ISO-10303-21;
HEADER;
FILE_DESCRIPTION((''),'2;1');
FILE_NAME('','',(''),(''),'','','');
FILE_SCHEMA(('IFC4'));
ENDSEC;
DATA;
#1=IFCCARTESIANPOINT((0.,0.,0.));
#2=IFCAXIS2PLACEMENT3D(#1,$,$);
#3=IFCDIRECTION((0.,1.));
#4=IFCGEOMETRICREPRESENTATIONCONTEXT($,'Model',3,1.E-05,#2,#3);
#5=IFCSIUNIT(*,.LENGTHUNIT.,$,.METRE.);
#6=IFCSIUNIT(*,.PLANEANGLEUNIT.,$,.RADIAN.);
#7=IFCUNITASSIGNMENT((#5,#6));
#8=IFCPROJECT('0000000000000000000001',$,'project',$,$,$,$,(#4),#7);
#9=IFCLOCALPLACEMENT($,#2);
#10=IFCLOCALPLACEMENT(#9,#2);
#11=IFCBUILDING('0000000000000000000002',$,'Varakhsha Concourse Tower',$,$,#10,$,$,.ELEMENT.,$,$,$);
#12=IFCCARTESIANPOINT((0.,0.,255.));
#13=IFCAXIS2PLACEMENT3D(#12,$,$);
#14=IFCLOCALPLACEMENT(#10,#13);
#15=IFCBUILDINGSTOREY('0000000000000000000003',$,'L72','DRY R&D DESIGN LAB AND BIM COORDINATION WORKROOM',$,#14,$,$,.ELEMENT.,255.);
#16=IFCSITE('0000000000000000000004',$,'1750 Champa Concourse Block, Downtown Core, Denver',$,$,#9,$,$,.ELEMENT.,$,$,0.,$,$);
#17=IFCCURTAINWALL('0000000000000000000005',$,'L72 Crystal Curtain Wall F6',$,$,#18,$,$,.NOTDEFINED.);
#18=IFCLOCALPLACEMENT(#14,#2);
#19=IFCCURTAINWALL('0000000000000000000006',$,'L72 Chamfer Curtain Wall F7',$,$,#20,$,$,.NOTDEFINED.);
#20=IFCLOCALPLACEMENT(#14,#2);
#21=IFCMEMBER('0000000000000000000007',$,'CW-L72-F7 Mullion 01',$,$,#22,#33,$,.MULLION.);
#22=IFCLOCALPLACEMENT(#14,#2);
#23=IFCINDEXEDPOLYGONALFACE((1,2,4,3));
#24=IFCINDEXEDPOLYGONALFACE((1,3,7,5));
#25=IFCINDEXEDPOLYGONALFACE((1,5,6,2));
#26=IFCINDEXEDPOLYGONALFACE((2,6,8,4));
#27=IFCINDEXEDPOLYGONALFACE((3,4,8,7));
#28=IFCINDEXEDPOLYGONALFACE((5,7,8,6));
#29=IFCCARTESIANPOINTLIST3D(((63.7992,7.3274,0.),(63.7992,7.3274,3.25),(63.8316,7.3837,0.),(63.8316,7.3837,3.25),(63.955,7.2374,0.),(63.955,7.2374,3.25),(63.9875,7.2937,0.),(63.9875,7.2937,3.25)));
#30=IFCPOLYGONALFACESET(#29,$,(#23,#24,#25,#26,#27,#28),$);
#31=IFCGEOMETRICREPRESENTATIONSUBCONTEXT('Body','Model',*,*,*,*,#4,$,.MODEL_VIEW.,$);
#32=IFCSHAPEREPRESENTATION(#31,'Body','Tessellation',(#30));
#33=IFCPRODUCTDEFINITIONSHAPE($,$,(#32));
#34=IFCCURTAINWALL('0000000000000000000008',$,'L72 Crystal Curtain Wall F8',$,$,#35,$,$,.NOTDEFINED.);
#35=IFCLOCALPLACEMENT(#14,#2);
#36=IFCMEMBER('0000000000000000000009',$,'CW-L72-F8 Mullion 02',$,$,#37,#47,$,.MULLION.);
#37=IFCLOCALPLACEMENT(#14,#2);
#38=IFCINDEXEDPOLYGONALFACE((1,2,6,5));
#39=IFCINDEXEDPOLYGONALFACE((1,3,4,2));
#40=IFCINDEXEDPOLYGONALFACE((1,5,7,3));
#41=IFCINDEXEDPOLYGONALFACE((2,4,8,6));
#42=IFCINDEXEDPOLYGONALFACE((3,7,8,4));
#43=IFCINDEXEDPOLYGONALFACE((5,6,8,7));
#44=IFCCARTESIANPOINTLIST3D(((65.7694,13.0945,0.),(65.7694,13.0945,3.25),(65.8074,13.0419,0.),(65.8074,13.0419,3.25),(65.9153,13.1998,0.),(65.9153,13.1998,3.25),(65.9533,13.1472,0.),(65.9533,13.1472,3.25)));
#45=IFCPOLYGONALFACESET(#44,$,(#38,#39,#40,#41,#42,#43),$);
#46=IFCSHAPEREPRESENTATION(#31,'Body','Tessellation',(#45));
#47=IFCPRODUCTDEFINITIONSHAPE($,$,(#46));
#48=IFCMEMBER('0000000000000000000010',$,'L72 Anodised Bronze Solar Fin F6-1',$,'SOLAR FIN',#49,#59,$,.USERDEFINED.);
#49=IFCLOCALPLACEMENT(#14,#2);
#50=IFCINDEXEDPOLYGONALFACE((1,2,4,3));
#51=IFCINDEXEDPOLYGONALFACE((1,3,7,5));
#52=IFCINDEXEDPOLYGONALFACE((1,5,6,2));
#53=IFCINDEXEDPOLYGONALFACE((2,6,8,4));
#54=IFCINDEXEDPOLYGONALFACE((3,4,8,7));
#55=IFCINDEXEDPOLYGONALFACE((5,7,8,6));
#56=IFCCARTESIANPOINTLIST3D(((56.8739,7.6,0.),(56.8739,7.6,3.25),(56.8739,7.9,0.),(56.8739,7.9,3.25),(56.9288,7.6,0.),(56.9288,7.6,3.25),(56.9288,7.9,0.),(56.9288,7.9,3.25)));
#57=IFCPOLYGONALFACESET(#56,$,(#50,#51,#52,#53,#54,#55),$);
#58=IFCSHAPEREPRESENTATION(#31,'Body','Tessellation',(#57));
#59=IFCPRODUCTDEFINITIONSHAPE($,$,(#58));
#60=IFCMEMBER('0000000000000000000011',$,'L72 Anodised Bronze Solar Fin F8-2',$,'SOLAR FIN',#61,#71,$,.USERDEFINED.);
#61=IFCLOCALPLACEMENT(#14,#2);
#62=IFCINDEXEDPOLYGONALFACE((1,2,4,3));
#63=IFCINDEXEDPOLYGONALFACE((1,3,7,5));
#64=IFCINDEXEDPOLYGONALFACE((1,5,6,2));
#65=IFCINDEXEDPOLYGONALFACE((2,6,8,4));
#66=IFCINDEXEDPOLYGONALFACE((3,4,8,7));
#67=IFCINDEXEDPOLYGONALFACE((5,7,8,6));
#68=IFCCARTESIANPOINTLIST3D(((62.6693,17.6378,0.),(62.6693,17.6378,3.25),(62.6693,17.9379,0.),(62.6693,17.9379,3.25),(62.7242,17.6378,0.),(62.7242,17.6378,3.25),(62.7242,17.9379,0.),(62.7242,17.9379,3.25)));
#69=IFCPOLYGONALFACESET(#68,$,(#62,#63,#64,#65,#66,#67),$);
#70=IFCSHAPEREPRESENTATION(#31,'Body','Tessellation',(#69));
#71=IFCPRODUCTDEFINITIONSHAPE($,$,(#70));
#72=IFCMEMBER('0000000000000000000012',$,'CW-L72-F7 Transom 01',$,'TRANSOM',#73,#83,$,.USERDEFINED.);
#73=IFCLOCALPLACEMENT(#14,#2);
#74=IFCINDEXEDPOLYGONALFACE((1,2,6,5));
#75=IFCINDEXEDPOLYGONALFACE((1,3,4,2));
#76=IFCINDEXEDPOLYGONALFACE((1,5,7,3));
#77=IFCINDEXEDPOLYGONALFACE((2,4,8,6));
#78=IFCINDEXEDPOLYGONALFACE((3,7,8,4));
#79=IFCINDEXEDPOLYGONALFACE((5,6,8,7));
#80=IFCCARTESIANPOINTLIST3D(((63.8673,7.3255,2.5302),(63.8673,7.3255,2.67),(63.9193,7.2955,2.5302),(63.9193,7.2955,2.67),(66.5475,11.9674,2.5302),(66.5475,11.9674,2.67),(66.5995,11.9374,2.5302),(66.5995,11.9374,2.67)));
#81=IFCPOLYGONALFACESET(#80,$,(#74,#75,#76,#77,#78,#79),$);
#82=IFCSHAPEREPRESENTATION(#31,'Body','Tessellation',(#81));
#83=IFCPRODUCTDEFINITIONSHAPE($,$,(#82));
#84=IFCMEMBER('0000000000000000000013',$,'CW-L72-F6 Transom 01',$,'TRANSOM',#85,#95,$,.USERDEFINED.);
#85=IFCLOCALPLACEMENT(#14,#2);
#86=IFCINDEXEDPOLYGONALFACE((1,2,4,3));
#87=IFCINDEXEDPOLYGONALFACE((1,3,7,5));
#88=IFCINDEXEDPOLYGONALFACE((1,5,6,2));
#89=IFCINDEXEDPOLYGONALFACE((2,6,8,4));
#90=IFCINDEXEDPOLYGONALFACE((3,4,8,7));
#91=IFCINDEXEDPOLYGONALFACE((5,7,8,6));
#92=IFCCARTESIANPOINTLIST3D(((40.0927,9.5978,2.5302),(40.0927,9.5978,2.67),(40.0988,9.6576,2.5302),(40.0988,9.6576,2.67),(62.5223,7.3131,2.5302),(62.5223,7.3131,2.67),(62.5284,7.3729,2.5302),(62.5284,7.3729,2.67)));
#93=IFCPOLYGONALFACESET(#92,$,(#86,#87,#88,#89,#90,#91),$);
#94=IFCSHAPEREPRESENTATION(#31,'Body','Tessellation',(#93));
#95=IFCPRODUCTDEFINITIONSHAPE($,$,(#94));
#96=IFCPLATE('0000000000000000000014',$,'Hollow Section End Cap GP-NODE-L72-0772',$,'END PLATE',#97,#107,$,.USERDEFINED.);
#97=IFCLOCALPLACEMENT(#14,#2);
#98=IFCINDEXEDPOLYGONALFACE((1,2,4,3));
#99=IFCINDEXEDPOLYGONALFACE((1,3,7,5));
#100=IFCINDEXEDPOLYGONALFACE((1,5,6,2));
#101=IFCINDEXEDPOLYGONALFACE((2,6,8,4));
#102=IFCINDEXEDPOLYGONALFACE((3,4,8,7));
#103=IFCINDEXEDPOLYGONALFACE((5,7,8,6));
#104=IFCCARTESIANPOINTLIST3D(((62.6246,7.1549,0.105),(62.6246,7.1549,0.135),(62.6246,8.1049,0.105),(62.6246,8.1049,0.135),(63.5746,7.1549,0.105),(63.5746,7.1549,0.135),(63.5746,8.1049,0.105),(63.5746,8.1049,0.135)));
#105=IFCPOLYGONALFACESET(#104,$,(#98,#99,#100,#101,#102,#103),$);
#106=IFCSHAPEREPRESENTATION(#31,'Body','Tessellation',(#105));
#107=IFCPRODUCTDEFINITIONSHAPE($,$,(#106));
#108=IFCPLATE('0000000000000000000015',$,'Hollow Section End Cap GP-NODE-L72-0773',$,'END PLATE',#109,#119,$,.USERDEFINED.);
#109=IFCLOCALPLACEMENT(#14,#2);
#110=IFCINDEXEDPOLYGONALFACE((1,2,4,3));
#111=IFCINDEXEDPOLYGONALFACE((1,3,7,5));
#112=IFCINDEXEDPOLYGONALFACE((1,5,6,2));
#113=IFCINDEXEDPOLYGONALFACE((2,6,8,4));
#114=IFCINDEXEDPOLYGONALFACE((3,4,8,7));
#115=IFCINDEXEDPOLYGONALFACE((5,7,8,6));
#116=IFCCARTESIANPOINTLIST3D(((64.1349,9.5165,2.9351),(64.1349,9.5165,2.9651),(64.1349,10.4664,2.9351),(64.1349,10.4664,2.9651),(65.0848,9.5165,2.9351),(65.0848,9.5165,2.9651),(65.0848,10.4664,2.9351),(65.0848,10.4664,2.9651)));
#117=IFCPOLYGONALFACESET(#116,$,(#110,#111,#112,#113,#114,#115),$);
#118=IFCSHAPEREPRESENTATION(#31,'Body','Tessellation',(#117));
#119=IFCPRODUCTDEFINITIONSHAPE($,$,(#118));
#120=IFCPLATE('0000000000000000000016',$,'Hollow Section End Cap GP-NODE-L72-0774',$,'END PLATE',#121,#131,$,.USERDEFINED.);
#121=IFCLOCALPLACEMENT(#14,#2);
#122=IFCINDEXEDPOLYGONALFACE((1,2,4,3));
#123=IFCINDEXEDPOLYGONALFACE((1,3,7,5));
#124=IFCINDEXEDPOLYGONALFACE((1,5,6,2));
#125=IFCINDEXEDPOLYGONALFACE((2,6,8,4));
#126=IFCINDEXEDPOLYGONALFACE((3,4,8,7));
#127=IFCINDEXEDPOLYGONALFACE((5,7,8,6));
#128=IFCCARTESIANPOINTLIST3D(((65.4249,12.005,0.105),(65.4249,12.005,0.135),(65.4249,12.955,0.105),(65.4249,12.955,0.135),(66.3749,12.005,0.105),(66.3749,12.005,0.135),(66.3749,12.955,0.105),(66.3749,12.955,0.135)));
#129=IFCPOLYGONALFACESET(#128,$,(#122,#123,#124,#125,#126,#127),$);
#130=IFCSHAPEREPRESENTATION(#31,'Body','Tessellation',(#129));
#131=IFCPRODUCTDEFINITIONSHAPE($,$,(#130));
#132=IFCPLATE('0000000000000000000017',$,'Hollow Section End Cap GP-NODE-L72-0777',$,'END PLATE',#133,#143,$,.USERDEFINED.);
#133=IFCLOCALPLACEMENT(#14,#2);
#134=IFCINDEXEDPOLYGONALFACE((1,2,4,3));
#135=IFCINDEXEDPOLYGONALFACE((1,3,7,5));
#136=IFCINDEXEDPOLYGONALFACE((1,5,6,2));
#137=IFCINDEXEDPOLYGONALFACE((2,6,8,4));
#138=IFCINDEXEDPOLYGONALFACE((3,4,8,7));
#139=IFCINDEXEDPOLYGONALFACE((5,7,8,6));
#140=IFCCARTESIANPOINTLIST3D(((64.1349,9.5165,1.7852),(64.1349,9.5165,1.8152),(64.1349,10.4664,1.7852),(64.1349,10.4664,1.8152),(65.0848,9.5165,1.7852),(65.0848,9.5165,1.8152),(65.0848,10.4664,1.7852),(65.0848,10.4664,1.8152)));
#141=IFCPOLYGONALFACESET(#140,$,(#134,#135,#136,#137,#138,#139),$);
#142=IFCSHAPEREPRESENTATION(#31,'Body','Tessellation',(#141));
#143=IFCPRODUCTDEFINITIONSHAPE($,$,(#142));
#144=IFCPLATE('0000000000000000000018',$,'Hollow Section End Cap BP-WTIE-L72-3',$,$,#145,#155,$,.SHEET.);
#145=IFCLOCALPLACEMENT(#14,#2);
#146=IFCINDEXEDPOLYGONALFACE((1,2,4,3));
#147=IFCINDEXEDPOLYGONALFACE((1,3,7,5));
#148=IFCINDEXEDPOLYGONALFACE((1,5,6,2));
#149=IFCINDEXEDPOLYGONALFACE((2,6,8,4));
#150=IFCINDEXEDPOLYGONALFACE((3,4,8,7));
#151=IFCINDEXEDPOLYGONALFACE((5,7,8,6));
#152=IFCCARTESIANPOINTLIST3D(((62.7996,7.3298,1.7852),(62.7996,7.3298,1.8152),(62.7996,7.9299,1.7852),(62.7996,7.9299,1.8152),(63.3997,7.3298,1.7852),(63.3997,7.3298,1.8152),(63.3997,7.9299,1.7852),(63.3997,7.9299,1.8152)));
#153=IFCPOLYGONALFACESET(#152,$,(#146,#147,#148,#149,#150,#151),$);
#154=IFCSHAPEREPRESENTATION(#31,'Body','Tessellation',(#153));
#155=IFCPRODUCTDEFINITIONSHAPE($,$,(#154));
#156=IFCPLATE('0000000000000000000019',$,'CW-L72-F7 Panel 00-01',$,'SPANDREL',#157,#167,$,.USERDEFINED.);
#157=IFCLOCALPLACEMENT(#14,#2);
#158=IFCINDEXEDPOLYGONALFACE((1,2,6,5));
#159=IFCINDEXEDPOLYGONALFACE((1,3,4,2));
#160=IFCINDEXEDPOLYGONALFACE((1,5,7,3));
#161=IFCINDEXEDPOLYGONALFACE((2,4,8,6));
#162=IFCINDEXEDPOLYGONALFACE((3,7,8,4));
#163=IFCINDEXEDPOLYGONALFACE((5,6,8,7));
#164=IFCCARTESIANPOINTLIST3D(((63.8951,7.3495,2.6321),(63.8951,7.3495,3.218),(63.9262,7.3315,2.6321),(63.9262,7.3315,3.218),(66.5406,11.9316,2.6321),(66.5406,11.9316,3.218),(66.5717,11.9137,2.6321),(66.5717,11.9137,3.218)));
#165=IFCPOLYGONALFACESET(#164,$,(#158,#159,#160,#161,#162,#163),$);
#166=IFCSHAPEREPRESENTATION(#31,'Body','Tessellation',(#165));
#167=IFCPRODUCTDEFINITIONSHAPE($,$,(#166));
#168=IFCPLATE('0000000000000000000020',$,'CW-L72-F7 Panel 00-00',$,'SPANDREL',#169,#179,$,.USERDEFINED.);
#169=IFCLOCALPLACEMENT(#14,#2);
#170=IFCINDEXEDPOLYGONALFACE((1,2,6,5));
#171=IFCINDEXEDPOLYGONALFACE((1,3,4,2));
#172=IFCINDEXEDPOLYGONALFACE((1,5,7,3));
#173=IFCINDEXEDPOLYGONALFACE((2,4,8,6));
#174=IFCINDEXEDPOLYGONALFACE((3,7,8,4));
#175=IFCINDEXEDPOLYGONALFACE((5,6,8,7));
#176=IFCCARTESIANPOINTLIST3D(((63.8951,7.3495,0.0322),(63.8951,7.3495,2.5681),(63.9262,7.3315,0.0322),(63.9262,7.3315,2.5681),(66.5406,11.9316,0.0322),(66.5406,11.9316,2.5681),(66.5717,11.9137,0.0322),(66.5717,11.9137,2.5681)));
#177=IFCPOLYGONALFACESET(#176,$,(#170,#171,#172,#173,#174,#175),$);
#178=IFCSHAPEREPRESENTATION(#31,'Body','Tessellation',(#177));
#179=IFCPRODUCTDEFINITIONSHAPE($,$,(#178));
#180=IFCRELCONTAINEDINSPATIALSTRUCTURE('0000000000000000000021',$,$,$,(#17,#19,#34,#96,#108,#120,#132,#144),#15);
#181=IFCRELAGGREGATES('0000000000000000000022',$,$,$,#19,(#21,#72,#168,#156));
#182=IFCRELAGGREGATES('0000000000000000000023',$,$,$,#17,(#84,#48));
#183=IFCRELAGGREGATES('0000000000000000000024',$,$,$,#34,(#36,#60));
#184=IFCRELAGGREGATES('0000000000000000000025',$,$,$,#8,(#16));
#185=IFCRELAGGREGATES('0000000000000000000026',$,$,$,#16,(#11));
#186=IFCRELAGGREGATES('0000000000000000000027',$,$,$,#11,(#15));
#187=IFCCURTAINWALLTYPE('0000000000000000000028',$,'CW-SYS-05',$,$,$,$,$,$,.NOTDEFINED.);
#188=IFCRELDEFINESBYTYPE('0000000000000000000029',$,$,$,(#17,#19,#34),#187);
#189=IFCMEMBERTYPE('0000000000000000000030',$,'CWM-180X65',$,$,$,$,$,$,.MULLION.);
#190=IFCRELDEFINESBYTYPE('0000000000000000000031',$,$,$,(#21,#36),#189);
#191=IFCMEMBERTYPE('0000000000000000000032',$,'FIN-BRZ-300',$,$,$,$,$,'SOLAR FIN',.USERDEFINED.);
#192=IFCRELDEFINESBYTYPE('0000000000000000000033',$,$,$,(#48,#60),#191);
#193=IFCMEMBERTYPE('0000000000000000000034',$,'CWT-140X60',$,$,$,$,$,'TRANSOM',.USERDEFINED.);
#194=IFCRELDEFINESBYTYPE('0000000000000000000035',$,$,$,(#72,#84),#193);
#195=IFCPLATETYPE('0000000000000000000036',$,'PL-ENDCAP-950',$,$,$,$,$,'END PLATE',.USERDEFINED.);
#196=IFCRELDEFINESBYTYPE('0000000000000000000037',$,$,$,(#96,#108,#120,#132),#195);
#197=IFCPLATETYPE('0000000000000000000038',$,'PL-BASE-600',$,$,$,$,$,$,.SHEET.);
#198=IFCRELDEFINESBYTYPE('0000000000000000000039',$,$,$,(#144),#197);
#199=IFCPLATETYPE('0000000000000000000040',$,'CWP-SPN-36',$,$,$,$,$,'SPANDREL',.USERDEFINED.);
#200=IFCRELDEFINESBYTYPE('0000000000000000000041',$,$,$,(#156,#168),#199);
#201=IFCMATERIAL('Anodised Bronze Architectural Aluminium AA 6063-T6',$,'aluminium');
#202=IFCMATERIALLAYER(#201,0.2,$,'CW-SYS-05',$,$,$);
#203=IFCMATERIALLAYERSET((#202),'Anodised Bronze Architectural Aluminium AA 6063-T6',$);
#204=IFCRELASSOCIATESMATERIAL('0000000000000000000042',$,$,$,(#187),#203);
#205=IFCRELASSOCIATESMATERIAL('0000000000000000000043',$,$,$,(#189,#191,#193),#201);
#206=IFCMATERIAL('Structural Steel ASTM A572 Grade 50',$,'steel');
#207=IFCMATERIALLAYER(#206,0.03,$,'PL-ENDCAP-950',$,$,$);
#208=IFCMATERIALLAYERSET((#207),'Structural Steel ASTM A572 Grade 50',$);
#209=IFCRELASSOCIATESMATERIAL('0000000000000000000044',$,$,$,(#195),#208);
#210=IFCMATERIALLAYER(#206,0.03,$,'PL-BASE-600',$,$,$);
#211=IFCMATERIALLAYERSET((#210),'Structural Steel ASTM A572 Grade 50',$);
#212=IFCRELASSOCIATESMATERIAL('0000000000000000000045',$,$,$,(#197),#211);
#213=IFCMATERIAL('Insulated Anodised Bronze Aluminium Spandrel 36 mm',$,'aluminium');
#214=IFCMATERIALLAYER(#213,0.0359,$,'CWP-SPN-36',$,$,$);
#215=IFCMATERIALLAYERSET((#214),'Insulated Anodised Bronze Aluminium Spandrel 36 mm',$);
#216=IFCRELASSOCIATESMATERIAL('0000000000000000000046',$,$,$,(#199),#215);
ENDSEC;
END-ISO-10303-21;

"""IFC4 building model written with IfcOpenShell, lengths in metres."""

from ifc_helpers import new_model, si_unit, direction, frame, origin, origin_2d, place, context, subcontext, project, spatial, rectangle, extrude, source, transform, mapped, material, layer, layer_set, material_profile, profile_set, type_object, type_shapes, element, aggregate, save


model = new_model("IFC4")

# Units and contexts
model_context = context("Model", 3, precision=1e-05, world=origin(), true_north=direction((0.0, 1.0)))
body_context = subcontext(model_context, "Body", "Model", "MODEL_VIEW")
ifc_project = project(units=[si_unit("LENGTHUNIT", "METRE"), si_unit("PLANEANGLEUNIT", "RADIAN")], contexts=[model_context])

# Site, building, storey
site_placement = place(None, origin())
site = spatial("IfcSite", under=ifc_project, at=site_placement, Name="1750 Champa Concourse Block, Downtown Core, Denver", CompositionType="ELEMENT", RefElevation=0.0)
building_placement = place(site_placement, origin())
building = spatial("IfcBuilding", under=site, at=building_placement, Name="Varakhsha Concourse Tower", CompositionType="ELEMENT")
storey_placement = place(building_placement, frame((0.0, 0.0, 255.0)))
storey = spatial("IfcBuildingStorey", under=building, at=storey_placement, Name="L72", Description="DRY R&D DESIGN LAB AND BIM COORDINATION WORKROOM", CompositionType="ELEMENT", Elevation=255.0)

# Shared definitions
ifc_material_1 = material(Name="Structural Steel ASTM A572 Grade 50", Category="steel")

# Curtain wall
ifc_material_2 = material(Name="Anodised Bronze Architectural Aluminium AA 6063-T6", Category="aluminium")
ifc_layer_1 = layer(ifc_material_2, 0.2, Name="CW-SYS-05")
ifc_layer_set_1 = layer_set([ifc_layer_1], Name="Anodised Bronze Architectural Aluminium AA 6063-T6")
curtain_wall_type = type_object("IfcCurtainWallType", Name="CW-SYS-05", PredefinedType="NOTDEFINED", material=ifc_layer_set_1)
curtain_wall_1_placement = place(storey_placement, origin())
curtain_wall_1 = element("IfcCurtainWall", 1, at=curtain_wall_1_placement, inside=storey, type_object=curtain_wall_type, Name="L72 Crystal Curtain Wall F6", PredefinedType="NOTDEFINED")
ifc_material_profile_1 = material_profile(ifc_material_2, rectangle(XDim=0.0649, YDim=0.1799, at=origin_2d()), Name="CWM-180X65")
ifc_profile_set_1 = profile_set([ifc_material_profile_1], Name="Anodised Bronze Architectural Aluminium AA 6063-T6")
member_type_1 = type_object("IfcMemberType", Name="CWM-180X65", PredefinedType="MULLION", material=ifc_profile_set_1)
shared_shape_1 = source(origin(), body_context, "Body", "SweptSolid", [
    extrude(rectangle(XDim=0.0649, YDim=0.1799, at=origin_2d()), origin(), (0.0, 0.0, 1.0), 3.25),
])
type_shapes(member_type_1, [shared_shape_1])

# Curtain wall, member
curtain_wall_2_placement = place(storey_placement, origin())
curtain_wall_2 = element("IfcCurtainWall", 2, at=curtain_wall_2_placement, inside=storey, type_object=curtain_wall_type, Name="L72 Chamfer Curtain Wall F7", PredefinedType="NOTDEFINED")
member_1_placement = place(storey_placement, frame((63.8933, 7.3105, 0.0), z_axis=(0.0, 0.0, 1.0), x_axis=(-0.5, -0.866025, 0.0)))
member_1 = element("IfcMember", 3, at=member_1_placement, type_object=member_type_1, Name="CW-L72-F7 Mullion 01", PredefinedType="MULLION", context=body_context, shape_type="MappedRepresentation", body=[
    mapped(shared_shape_1, transform((0.0, 0.0, 0.0), scale=1.0)),
])

# Curtain wall, member
curtain_wall_3_placement = place(storey_placement, origin())
curtain_wall_3 = element("IfcCurtainWall", 4, at=curtain_wall_3_placement, inside=storey, type_object=curtain_wall_type, Name="L72 Crystal Curtain Wall F8", PredefinedType="NOTDEFINED")
member_2_placement = place(storey_placement, frame((65.8613, 13.1208, 0.0), z_axis=(0.0, 0.0, 1.0), x_axis=(0.585188, -0.810897, 0.0)))
member_2 = element("IfcMember", 5, at=member_2_placement, type_object=member_type_1, Name="CW-L72-F8 Mullion 02", PredefinedType="MULLION", context=body_context, shape_type="MappedRepresentation", body=[
    mapped(shared_shape_1, transform((0.0, 0.0, 0.0), scale=1.0)),
])

# Members
ifc_material_profile_2 = material_profile(ifc_material_2, rectangle(XDim=0.0549, YDim=0.3, at=origin_2d()), Name="FIN-BRZ-300")
ifc_profile_set_2 = profile_set([ifc_material_profile_2], Name="Anodised Bronze Architectural Aluminium AA 6063-T6")
member_type_2 = type_object("IfcMemberType", Name="FIN-BRZ-300", ElementType="SOLAR FIN", PredefinedType="USERDEFINED", material=ifc_profile_set_2)
shared_shape_2 = source(origin(), body_context, "Body", "SweptSolid", [
    extrude(rectangle(XDim=0.0549, YDim=0.3, at=origin_2d()), origin(), (0.0, 0.0, 1.0), 3.25),
])
type_shapes(member_type_2, [shared_shape_2])
member_3_placement = place(storey_placement, frame((56.9014, 7.75, 0.0), z_axis=(0.0, 0.0, 1.0), x_axis=(1.0, 0.0, 0.0)))
member_3 = element("IfcMember", 6, at=member_3_placement, type_object=member_type_2, Name="L72 Anodised Bronze Solar Fin F6-1", ObjectType="SOLAR FIN", PredefinedType="USERDEFINED", context=body_context, shape_type="MappedRepresentation", body=[
    mapped(shared_shape_2, transform((0.0, 0.0, 0.0), scale=1.0)),
])
member_4_placement = place(storey_placement, frame((62.6968, 17.7878, 0.0), z_axis=(0.0, 0.0, 1.0), x_axis=(1.0, 0.0, 0.0)))
member_4 = element("IfcMember", 7, at=member_4_placement, type_object=member_type_2, Name="L72 Anodised Bronze Solar Fin F8-2", ObjectType="SOLAR FIN", PredefinedType="USERDEFINED", context=body_context, shape_type="MappedRepresentation", body=[
    mapped(shared_shape_2, transform((0.0, 0.0, 0.0), scale=1.0)),
])
ifc_material_profile_3 = material_profile(ifc_material_2, rectangle(XDim=0.0601, YDim=0.1399, at=origin_2d()), Name="CWT-140X60")
ifc_profile_set_3 = profile_set([ifc_material_profile_3], Name="Anodised Bronze Architectural Aluminium AA 6063-T6")
member_type_3 = type_object("IfcMemberType", Name="CWT-140X60", ElementType="TRANSOM", PredefinedType="USERDEFINED", material=ifc_profile_set_3)
shared_shape_3 = source(origin(), body_context, "Body", "SweptSolid", [
    extrude(rectangle(XDim=0.0601, YDim=0.1399, at=origin_2d()), origin(), (0.0, 0.0, 1.0), 5.3601),
])
member_5_placement = place(storey_placement, frame((66.5735, 11.9524, 2.6001), z_axis=(-0.500029, -0.866009, 0.0), x_axis=(0.866009, -0.500029, 0.0)))
member_5 = element("IfcMember", 8, at=member_5_placement, type_object=member_type_3, Name="CW-L72-F7 Transom 01", ObjectType="TRANSOM", PredefinedType="USERDEFINED", context=body_context, shape_type="MappedRepresentation", body=[
    mapped(shared_shape_3, transform((0.0, 0.0, 0.0), scale=1.0)),
])
shared_shape_4 = source(origin(), body_context, "Body", "SweptSolid", [
    extrude(rectangle(XDim=0.0601, YDim=0.1399, at=origin_2d()), origin(), (0.0, 0.0, 1.0), 22.5457),
])
type_shapes(member_type_3, [shared_shape_3, shared_shape_4])
member_6_placement = place(storey_placement, frame((62.5254, 7.343, 2.6001), z_axis=(-0.994852, 0.101335, 0.0), x_axis=(-0.101335, -0.994852, 0.0)))
member_6 = element("IfcMember", 9, at=member_6_placement, type_object=member_type_3, Name="CW-L72-F6 Transom 01", ObjectType="TRANSOM", PredefinedType="USERDEFINED", context=body_context, shape_type="MappedRepresentation", body=[
    mapped(shared_shape_4, transform((0.0, 0.0, 0.0), scale=1.0)),
])

# Plates
ifc_layer_2 = layer(ifc_material_1, 0.03, Name="PL-ENDCAP-950")
ifc_layer_set_2 = layer_set([ifc_layer_2], Name="Structural Steel ASTM A572 Grade 50")
plate_type_1 = type_object("IfcPlateType", Name="PL-ENDCAP-950", ElementType="END PLATE", PredefinedType="USERDEFINED", material=ifc_layer_set_2)
shared_shape_5 = source(origin(), body_context, "Body", "SweptSolid", [
    extrude(rectangle(XDim=0.95, YDim=0.95, at=origin_2d()), origin(), (0.0, 0.0, 1.0), 0.03),
])
type_shapes(plate_type_1, [shared_shape_5])
for number, where, z_axis, x_axis, name in (
    (10, (63.0996, 7.6299, 0.105), (0.0, 0.0, 1.0), (1.0, 0.0, 0.0), "Hollow Section End Cap GP-NODE-L72-0772"),
    (11, (64.6099, 9.9915, 2.9351), (0.0, 0.0, 1.0), (1.0, 0.0, 0.0), "Hollow Section End Cap GP-NODE-L72-0773"),
    (12, (65.8999, 12.48, 0.105), (0.0, 0.0, 1.0), (1.0, 0.0, 0.0), "Hollow Section End Cap GP-NODE-L72-0774"),
    (13, (64.6099, 9.9915, 1.7852), (0.0, 0.0, 1.0), (1.0, 0.0, 0.0), "Hollow Section End Cap GP-NODE-L72-0777"),
):
    element("IfcPlate", number, at=place(storey_placement, frame(where, z_axis=z_axis, x_axis=x_axis)), inside=storey, type_object=plate_type_1, Name=name, ObjectType="END PLATE", PredefinedType="USERDEFINED", context=body_context, shape_type="MappedRepresentation", body=[
        mapped(shared_shape_5, transform((0.0, 0.0, 0.0), scale=1.0)),
    ])
ifc_layer_3 = layer(ifc_material_1, 0.03, Name="PL-BASE-600")
ifc_layer_set_3 = layer_set([ifc_layer_3], Name="Structural Steel ASTM A572 Grade 50")
plate_type_2 = type_object("IfcPlateType", Name="PL-BASE-600", PredefinedType="SHEET", material=ifc_layer_set_3)
shared_shape_6 = source(origin(), body_context, "Body", "SweptSolid", [
    extrude(rectangle(XDim=0.6001, YDim=0.6001, at=origin_2d()), origin(), (0.0, 0.0, 1.0), 0.03),
])
type_shapes(plate_type_2, [shared_shape_6])
plate_1_placement = place(storey_placement, frame((63.0996, 7.6299, 1.7852), z_axis=(0.0, 0.0, 1.0), x_axis=(1.0, 0.0, 0.0)))
element("IfcPlate", 14, at=plate_1_placement, inside=storey, type_object=plate_type_2, Name="Hollow Section End Cap BP-WTIE-L72-3", PredefinedType="SHEET", context=body_context, shape_type="MappedRepresentation", body=[
    mapped(shared_shape_6, transform((0.0, 0.0, 0.0), scale=1.0)),
])

# Plates
ifc_material_3 = material(Name="Insulated Anodised Bronze Aluminium Spandrel 36 mm", Category="aluminium")
ifc_layer_4 = layer(ifc_material_3, 0.0359, Name="CWP-SPN-36")
ifc_layer_set_4 = layer_set([ifc_layer_4], Name="Insulated Anodised Bronze Aluminium Spandrel 36 mm")
plate_type_3 = type_object("IfcPlateType", Name="CWP-SPN-36", ElementType="SPANDREL", PredefinedType="USERDEFINED", material=ifc_layer_set_4)
shared_shape_7 = source(origin(), body_context, "Body", "SweptSolid", [
    extrude(rectangle(XDim=5.291, YDim=0.0359, at=origin_2d()), origin(), (0.0, 0.0, 1.0), 0.5859),
])
plate_2_placement = place(storey_placement, frame((65.2334, 9.6316, 2.6321), z_axis=(0.0, 0.0, 1.0), x_axis=(-0.5, -0.866025, 0.0)))
plate_2 = element("IfcPlate", 15, at=plate_2_placement, type_object=plate_type_3, Name="CW-L72-F7 Panel 00-01", ObjectType="SPANDREL", PredefinedType="USERDEFINED", context=body_context, shape_type="MappedRepresentation", body=[
    mapped(shared_shape_7, transform((0.0, 0.0, 0.0), scale=1.0)),
])
shared_shape_8 = source(origin(), body_context, "Body", "SweptSolid", [
    extrude(rectangle(XDim=5.291, YDim=0.0359, at=origin_2d()), origin(), (0.0, 0.0, 1.0), 2.5359),
])
plate_3_placement = place(storey_placement, frame((65.2334, 9.6316, 0.0322), z_axis=(0.0, 0.0, 1.0), x_axis=(-0.5, -0.866025, 0.0)))
plate_3 = element("IfcPlate", 16, at=plate_3_placement, type_object=plate_type_3, Name="CW-L72-F7 Panel 00-00", ObjectType="SPANDREL", PredefinedType="USERDEFINED", context=body_context, shape_type="MappedRepresentation", body=[
    mapped(shared_shape_8, transform((0.0, 0.0, 0.0), scale=1.0)),
])
aggregate(curtain_wall_2, [member_1, member_5, plate_3, plate_2])
aggregate(curtain_wall_1, [member_6, member_3])
aggregate(curtain_wall_3, [member_2, member_4])

save(model, "model.ifc")
